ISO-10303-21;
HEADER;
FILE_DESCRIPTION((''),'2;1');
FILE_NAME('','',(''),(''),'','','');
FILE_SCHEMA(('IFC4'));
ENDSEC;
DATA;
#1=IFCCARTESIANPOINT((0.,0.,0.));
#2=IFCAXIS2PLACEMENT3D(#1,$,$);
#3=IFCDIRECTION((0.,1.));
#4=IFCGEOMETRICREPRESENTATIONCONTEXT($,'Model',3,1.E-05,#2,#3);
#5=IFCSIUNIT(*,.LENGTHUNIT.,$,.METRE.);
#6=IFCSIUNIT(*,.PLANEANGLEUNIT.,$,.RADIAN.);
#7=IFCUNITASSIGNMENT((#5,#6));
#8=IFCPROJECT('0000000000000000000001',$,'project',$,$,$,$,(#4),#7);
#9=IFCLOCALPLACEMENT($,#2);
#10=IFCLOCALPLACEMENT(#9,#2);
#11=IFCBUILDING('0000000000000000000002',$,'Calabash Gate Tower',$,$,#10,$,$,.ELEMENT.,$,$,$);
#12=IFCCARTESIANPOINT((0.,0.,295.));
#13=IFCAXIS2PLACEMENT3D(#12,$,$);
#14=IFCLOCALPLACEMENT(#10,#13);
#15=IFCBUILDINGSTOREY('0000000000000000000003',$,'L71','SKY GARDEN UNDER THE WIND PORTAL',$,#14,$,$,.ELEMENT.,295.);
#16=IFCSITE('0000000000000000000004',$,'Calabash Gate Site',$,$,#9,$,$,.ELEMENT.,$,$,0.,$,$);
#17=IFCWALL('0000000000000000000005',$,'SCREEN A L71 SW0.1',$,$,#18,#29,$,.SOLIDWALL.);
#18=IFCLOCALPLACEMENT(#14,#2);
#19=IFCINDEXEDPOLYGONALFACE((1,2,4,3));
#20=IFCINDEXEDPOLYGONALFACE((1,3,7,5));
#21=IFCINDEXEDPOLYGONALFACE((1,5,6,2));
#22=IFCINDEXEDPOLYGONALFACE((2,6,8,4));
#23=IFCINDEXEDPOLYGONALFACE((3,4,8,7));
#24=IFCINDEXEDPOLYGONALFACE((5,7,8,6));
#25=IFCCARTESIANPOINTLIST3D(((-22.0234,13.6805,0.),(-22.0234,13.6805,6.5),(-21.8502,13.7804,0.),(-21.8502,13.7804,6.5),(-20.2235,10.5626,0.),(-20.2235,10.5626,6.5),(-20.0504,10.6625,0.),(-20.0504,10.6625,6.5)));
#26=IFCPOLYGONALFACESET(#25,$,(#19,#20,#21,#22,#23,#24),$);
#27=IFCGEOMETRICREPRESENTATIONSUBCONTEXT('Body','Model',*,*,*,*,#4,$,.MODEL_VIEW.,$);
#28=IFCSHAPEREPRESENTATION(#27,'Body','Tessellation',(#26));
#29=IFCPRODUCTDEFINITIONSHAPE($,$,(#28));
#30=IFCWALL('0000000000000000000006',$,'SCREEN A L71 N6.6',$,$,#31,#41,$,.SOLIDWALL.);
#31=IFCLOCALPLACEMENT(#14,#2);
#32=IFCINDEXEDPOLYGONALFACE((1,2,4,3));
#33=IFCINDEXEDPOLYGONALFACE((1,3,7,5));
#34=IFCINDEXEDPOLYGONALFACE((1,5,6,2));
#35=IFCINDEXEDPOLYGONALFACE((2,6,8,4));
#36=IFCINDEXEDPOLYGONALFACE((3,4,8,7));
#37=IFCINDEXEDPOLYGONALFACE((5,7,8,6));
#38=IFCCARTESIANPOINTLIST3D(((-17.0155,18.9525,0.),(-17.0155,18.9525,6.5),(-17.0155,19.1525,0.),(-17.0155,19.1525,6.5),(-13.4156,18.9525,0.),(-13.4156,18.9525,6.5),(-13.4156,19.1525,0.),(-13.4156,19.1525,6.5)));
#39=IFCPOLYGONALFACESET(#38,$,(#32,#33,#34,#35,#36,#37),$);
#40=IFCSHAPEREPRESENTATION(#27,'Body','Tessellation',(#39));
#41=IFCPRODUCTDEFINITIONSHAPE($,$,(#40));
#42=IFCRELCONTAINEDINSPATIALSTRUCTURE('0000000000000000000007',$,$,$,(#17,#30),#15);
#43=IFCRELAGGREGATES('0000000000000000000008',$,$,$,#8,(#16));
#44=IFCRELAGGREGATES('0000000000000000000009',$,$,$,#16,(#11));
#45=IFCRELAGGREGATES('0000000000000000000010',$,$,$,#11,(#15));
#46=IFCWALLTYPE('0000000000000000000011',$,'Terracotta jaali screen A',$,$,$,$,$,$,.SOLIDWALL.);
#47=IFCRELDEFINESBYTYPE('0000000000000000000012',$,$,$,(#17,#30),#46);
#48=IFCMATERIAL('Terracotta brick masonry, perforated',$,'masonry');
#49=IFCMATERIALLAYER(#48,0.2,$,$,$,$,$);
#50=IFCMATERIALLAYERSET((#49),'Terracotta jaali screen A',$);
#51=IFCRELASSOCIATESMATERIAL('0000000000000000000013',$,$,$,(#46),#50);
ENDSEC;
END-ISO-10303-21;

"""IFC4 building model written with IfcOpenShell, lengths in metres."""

from ifc_helpers import new_model, si_unit, direction, frame, frame_2d, origin, place, context, subcontext, project, spatial, rectangle, extrude, material, layer, layer_set, type_object, element, save


model = new_model("IFC4")

# Units and contexts
model_context = context("Model", 3, precision=1e-05, world=origin(), true_north=direction((0.0, 1.0)))
body_context = subcontext(model_context, "Body", "Model", "MODEL_VIEW")
ifc_project = project(units=[si_unit("LENGTHUNIT", "METRE"), si_unit("PLANEANGLEUNIT", "RADIAN")], contexts=[model_context])

# Site, building, storey
site_placement = place(None, origin())
site = spatial("IfcSite", under=ifc_project, at=site_placement, Name="Calabash Gate Site", CompositionType="ELEMENT", RefElevation=0.0)
building_placement = place(site_placement, origin())
building = spatial("IfcBuilding", under=site, at=building_placement, Name="Calabash Gate Tower", CompositionType="ELEMENT")
storey_placement = place(building_placement, frame((0.0, 0.0, 295.0)))
storey = spatial("IfcBuildingStorey", under=building, at=storey_placement, Name="L71", Description="SKY GARDEN UNDER THE WIND PORTAL", CompositionType="ELEMENT", Elevation=295.0)

# Walls
ifc_material_1 = material(Name="Terracotta brick masonry, perforated", Category="masonry")
ifc_layer_1 = layer(ifc_material_1, 0.2)
ifc_layer_set_1 = layer_set([ifc_layer_1], Name="Terracotta jaali screen A")
wall_type = type_object("IfcWallType", Name="Terracotta jaali screen A", PredefinedType="SOLIDWALL", material=ifc_layer_set_1)
wall_1_placement = place(storey_placement, frame((-21.9368, 13.7305, 0.0), z_axis=(0.0, 0.0, 1.0), x_axis=(0.499932, -0.866065, 0.0)))
element("IfcWall", 1, at=wall_1_placement, inside=storey, type_object=wall_type, Name="SCREEN A L71 SW0.1", PredefinedType="SOLIDWALL", context=body_context, shape_type="SweptSolid", body=[
    extrude(rectangle(XDim=3.6001, YDim=0.2, at=frame_2d((1.8, 0.0))), origin(), (0.0, 0.0, 1.0), 6.5),
])
wall_2_placement = place(storey_placement, frame((-13.4158, 19.0525, 0.0), z_axis=(0.0, 0.0, 1.0), x_axis=(-1.0, 0.0, 0.0)))
element("IfcWall", 2, at=wall_2_placement, inside=storey, type_object=wall_type, Name="SCREEN A L71 N6.6", PredefinedType="SOLIDWALL", context=body_context, shape_type="SweptSolid", body=[
    extrude(rectangle(XDim=3.5999, YDim=0.2, at=frame_2d((1.7998, 0.0))), origin(), (0.0, 0.0, 1.0), 6.5),
])

save(model, "model.ifc")
